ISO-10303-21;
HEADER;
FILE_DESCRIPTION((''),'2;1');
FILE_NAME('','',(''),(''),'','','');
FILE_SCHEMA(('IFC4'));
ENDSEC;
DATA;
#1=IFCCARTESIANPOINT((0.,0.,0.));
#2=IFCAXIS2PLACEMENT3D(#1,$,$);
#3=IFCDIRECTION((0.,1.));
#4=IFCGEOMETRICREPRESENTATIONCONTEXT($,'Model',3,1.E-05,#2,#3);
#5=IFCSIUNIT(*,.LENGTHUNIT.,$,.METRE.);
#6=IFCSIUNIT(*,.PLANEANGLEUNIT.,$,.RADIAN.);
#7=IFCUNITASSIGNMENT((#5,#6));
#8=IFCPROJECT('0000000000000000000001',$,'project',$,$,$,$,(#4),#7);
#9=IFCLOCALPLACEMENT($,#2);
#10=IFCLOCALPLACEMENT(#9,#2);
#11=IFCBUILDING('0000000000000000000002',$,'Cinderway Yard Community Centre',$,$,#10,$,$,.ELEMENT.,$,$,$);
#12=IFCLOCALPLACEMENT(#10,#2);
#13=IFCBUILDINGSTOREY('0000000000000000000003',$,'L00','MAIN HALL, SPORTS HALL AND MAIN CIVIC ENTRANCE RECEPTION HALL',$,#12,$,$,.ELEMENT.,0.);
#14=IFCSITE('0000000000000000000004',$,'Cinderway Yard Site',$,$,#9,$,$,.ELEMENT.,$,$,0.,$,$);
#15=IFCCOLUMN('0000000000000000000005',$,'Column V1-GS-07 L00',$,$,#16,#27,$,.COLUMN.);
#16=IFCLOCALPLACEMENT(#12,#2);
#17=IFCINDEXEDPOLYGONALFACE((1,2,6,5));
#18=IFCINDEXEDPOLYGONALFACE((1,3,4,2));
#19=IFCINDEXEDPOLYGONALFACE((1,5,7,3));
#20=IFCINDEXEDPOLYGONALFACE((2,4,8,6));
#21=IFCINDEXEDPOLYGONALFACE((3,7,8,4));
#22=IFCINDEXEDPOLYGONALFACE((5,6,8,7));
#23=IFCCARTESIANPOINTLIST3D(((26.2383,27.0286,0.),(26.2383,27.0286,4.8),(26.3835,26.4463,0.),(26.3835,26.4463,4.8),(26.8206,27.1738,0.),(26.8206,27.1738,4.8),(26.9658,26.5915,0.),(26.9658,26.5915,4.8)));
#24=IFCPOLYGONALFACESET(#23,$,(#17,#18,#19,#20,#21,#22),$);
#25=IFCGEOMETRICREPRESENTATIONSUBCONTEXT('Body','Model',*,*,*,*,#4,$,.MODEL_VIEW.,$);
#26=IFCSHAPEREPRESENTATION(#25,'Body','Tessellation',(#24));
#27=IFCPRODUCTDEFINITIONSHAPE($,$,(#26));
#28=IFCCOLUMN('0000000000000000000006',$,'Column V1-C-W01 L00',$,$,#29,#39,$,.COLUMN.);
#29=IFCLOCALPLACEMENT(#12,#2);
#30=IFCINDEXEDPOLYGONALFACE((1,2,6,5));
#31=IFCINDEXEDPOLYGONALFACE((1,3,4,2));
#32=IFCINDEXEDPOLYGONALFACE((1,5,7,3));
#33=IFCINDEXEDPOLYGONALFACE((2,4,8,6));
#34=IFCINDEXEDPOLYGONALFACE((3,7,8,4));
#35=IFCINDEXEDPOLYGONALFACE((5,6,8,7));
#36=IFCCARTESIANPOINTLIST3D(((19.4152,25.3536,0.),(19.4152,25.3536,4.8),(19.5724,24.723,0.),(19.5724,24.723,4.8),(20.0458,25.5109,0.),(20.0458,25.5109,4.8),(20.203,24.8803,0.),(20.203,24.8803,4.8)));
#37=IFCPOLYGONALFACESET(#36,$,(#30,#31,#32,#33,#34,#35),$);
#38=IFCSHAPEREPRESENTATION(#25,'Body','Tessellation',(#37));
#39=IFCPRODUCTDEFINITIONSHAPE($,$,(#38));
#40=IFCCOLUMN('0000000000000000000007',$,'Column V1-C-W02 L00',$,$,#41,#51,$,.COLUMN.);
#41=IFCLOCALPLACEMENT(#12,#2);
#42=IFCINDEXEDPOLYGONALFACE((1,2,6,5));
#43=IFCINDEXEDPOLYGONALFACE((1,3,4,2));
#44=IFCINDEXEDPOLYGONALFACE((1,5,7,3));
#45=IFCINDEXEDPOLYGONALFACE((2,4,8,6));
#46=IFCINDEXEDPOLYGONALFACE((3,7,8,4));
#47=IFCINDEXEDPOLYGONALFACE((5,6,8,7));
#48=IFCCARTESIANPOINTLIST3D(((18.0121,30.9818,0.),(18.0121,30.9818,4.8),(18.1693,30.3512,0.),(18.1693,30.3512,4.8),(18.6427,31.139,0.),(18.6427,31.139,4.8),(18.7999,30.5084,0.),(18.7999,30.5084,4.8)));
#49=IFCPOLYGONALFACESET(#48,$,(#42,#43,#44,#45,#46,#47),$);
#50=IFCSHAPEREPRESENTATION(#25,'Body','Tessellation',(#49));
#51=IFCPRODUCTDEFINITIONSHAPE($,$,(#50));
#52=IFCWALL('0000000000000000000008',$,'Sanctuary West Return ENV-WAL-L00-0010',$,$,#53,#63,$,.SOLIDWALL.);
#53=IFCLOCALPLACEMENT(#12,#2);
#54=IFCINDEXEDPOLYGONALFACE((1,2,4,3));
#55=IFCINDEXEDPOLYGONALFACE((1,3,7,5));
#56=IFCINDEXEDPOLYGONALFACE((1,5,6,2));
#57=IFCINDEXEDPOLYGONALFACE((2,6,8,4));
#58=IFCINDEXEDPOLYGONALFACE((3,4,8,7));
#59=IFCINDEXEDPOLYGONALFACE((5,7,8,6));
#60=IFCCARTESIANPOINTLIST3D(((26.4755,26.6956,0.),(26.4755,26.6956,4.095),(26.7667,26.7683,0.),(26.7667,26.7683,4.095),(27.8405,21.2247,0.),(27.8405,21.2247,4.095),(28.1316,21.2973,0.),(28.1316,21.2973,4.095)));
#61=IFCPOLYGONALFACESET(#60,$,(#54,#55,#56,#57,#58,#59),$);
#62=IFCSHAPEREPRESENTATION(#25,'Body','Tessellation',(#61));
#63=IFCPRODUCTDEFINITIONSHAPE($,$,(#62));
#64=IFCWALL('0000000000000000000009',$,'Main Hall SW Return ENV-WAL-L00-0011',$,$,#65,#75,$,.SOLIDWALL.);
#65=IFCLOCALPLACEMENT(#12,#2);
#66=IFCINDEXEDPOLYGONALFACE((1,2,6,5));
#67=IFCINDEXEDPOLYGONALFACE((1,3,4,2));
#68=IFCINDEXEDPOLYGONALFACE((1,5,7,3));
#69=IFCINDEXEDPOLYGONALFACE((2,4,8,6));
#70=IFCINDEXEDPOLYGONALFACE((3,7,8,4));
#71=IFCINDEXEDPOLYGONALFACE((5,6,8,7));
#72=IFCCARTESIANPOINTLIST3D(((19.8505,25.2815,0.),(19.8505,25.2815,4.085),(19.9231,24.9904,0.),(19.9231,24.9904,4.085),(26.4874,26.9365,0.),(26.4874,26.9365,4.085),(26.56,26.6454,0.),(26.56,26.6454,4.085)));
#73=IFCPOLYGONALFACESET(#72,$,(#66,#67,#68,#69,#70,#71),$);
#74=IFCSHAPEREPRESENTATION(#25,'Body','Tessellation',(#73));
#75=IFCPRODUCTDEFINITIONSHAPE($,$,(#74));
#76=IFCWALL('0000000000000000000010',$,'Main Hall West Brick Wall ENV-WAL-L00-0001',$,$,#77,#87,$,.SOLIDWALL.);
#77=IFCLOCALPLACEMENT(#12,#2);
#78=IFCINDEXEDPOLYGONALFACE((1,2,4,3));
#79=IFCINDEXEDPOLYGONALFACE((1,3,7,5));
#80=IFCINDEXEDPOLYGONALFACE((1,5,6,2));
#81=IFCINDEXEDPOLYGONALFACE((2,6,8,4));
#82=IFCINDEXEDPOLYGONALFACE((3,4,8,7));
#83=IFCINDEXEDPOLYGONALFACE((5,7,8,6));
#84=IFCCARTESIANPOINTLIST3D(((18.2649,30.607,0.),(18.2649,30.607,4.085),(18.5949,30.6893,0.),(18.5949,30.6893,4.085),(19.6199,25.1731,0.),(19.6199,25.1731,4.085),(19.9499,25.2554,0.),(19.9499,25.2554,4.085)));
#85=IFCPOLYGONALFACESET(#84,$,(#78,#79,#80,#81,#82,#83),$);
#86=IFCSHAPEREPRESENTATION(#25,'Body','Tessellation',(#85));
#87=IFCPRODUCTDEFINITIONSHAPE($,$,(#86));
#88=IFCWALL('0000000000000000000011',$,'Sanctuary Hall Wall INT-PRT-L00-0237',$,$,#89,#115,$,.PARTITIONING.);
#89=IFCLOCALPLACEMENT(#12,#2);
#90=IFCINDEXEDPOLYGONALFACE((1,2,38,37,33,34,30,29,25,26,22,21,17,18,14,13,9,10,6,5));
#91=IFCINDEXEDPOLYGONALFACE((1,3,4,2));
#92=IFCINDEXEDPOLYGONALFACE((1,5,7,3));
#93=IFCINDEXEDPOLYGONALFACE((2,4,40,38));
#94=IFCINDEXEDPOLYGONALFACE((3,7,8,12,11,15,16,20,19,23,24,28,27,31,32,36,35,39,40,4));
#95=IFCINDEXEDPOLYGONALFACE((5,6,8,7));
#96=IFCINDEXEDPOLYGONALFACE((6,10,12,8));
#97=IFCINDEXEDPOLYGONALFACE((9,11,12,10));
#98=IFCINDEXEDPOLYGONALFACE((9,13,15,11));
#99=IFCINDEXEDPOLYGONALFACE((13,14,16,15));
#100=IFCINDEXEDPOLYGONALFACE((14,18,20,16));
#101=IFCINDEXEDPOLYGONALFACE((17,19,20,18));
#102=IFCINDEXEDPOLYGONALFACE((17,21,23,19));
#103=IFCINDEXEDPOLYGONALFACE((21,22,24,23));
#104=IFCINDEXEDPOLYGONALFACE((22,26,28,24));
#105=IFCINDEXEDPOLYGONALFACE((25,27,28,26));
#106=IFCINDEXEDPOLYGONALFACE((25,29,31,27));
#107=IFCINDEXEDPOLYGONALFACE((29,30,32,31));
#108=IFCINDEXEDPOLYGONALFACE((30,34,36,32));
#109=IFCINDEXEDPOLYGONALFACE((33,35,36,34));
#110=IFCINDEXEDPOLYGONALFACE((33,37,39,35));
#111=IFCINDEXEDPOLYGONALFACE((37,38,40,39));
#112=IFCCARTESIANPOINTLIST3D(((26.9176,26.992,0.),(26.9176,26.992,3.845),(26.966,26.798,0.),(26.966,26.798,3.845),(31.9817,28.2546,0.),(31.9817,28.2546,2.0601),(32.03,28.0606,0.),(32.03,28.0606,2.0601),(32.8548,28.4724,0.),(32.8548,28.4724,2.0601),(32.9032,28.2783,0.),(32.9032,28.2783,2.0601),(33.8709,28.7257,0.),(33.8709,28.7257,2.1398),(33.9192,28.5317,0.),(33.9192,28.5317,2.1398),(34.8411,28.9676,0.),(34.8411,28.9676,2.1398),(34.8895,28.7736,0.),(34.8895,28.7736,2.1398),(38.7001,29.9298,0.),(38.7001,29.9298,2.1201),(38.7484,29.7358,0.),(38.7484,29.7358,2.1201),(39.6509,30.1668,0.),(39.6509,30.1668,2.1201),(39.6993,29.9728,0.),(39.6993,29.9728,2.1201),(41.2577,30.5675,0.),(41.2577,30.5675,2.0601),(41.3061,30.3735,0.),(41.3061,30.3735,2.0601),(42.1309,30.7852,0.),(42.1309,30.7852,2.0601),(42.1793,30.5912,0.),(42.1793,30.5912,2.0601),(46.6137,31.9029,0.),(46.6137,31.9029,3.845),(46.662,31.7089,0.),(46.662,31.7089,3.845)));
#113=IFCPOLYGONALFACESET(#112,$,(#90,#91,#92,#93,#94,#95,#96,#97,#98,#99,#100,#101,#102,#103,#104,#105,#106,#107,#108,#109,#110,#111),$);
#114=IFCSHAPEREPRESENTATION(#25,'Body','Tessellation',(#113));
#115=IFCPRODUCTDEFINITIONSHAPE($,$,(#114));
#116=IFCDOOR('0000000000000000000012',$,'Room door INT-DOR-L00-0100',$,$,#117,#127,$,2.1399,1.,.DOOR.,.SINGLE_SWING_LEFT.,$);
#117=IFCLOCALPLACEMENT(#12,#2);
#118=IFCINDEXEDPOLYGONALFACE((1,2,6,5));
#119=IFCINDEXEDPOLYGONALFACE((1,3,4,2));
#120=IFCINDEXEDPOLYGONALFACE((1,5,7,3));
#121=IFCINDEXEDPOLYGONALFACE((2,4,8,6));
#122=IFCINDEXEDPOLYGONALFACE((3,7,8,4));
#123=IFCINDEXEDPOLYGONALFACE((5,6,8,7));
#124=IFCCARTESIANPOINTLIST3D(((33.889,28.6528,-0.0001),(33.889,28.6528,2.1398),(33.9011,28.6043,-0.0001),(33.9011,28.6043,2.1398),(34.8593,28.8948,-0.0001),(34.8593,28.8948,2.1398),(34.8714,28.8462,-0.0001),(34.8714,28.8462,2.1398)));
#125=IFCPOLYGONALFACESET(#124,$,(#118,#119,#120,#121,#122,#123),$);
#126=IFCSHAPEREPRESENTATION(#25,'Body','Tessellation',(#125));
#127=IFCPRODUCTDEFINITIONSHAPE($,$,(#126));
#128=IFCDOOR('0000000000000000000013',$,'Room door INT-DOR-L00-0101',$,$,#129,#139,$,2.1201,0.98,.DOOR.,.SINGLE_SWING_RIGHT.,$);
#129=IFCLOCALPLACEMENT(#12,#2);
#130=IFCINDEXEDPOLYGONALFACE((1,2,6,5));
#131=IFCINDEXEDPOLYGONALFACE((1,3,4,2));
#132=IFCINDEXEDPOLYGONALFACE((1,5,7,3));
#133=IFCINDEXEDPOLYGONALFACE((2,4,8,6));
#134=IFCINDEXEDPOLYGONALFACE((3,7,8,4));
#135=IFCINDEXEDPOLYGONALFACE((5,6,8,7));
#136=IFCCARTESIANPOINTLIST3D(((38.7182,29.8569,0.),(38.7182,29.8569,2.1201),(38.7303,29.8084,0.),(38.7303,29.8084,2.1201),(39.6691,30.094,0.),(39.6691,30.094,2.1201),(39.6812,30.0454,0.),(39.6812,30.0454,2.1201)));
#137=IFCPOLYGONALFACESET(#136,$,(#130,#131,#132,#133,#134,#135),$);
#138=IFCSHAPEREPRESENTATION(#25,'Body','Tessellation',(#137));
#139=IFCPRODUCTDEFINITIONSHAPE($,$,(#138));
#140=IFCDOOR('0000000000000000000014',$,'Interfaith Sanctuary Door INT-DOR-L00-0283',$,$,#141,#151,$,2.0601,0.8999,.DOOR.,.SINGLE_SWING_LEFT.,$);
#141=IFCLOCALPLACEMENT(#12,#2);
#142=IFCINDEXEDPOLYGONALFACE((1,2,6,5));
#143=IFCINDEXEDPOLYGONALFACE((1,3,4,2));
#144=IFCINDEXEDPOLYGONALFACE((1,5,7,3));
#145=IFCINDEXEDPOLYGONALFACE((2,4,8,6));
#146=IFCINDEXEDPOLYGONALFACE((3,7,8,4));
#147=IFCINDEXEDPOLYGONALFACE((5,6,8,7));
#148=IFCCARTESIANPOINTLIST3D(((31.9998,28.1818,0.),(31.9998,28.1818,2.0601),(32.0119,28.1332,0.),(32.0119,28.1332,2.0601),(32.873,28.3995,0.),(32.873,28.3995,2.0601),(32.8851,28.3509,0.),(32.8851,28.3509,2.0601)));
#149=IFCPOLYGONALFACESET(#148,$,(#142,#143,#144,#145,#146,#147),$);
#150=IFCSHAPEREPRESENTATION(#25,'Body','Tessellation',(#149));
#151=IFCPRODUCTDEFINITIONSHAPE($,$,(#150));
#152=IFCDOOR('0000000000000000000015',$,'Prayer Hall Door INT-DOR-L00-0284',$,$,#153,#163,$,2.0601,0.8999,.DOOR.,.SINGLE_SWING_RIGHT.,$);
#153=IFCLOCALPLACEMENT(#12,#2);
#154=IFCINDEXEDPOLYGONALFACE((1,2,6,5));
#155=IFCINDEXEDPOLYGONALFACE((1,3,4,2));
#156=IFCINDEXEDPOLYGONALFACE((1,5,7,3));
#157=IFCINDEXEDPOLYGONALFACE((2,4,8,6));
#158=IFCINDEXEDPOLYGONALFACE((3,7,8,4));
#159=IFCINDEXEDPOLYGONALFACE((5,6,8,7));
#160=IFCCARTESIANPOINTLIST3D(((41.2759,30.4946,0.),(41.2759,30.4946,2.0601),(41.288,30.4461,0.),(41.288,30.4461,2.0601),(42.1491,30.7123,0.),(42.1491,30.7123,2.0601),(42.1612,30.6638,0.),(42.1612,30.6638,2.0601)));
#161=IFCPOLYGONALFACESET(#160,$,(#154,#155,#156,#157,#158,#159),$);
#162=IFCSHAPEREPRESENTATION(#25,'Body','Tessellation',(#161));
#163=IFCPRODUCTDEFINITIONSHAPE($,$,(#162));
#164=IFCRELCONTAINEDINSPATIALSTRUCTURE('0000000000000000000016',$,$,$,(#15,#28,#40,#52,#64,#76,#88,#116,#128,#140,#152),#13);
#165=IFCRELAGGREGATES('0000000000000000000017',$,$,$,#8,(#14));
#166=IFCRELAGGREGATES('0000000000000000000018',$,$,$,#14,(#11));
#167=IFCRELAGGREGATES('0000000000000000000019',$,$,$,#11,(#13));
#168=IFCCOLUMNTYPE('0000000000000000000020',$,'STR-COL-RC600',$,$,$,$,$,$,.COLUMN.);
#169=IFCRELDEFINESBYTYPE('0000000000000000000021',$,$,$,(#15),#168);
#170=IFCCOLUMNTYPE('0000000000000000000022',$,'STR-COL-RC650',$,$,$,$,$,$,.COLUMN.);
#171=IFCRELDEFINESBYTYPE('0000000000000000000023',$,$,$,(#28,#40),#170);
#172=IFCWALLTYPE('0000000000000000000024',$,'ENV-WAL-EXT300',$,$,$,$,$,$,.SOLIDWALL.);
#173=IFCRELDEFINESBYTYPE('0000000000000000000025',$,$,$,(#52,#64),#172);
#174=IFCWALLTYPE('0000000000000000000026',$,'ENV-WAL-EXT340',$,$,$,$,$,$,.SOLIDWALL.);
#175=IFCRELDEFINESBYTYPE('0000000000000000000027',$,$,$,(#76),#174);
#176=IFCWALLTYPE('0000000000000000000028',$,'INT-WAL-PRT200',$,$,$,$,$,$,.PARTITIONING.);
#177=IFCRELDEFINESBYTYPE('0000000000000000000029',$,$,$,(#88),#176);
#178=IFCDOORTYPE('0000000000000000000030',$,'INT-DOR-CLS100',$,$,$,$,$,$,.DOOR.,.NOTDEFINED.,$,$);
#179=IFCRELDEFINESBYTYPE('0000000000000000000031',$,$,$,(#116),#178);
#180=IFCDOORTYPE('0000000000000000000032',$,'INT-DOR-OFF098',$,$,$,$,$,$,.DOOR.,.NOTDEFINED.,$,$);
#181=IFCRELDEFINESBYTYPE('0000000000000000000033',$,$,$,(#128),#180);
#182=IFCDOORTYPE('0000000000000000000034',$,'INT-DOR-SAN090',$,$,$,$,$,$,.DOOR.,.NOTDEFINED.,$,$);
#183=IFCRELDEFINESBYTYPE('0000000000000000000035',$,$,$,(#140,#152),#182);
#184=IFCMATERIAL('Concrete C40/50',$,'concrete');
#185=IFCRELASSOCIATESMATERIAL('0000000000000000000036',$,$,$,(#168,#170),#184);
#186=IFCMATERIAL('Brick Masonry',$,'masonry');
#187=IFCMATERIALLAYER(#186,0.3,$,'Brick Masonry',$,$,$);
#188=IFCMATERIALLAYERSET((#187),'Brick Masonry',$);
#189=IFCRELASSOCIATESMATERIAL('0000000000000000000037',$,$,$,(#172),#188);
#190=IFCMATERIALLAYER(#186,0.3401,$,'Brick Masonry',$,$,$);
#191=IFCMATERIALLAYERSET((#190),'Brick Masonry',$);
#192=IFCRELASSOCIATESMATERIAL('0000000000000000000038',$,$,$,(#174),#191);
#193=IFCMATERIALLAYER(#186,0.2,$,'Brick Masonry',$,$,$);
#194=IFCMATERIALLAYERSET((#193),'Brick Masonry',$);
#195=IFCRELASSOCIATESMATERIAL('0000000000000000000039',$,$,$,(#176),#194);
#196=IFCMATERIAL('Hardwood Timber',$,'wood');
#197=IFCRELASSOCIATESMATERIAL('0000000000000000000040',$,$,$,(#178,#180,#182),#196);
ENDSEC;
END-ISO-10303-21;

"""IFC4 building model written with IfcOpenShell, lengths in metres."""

from ifc_helpers import new_model, si_unit, direction, frame, frame_2d, origin, origin_2d, place, context, subcontext, project, spatial, rectangle, extrude, material, layer, layer_set, material_profile, profile_set, type_object, element, fill, save


model = new_model("IFC4")

# Units and contexts
model_context = context("Model", 3, precision=1e-05, world=origin(), true_north=direction((0.0, 1.0)))
body_context = subcontext(model_context, "Body", "Model", "MODEL_VIEW")
ifc_project = project(units=[si_unit("LENGTHUNIT", "METRE"), si_unit("PLANEANGLEUNIT", "RADIAN")], contexts=[model_context])

# Site, building, storey
site_placement = place(None, origin())
site = spatial("IfcSite", under=ifc_project, at=site_placement, Name="Cinderway Yard Site", CompositionType="ELEMENT", RefElevation=0.0)
building_placement = place(site_placement, origin())
building = spatial("IfcBuilding", under=site, at=building_placement, Name="Cinderway Yard Community Centre", CompositionType="ELEMENT")
storey_placement = place(building_placement, origin())
storey = spatial("IfcBuildingStorey", under=building, at=storey_placement, Name="L00", Description="MAIN HALL, SPORTS HALL AND MAIN CIVIC ENTRANCE RECEPTION HALL", CompositionType="ELEMENT", Elevation=0.0)

# Shared definitions
ifc_material_1 = material(Name="Concrete C40/50", Category="concrete")

# Columns
ifc_material_profile_1 = material_profile(ifc_material_1, rectangle(XDim=0.6001, YDim=0.6001, at=origin_2d()), Name="Concrete C40/50")
ifc_profile_set_1 = profile_set([ifc_material_profile_1], Name="Concrete C40/50")
column_type_1 = type_object("IfcColumnType", Name="STR-COL-RC600", PredefinedType="COLUMN", material=ifc_profile_set_1)
column_1_placement = place(storey_placement, frame((26.6021, 26.8101, 0.0), z_axis=(0.0, 0.0, 1.0), x_axis=(0.970296, 0.241922, 0.0)))
element("IfcColumn", 1, at=column_1_placement, inside=storey, type_object=column_type_1, Name="Column V1-GS-07 L00", PredefinedType="COLUMN", context=body_context, shape_type="SweptSolid", body=[
    extrude(rectangle(XDim=0.6001, YDim=0.6001, at=origin_2d()), origin(), (0.0, 0.0, 1.0), 4.8),
])
ifc_material_profile_2 = material_profile(ifc_material_1, rectangle(XDim=0.6499, YDim=0.6499, at=origin_2d()), Name="Concrete C40/50")
ifc_profile_set_2 = profile_set([ifc_material_profile_2], Name="Concrete C40/50")
column_type_2 = type_object("IfcColumnType", Name="STR-COL-RC650", PredefinedType="COLUMN", material=ifc_profile_set_2)
for number, where, z_axis, x_axis, name in (
    (2, (19.8091, 25.1169, 0.0), (0.0, 0.0, 1.0), (0.970296, 0.241922, 0.0), "Column V1-C-W01 L00"),
    (3, (18.406, 30.7451, 0.0), (0.0, 0.0, 1.0), (0.970296, 0.241922, 0.0), "Column V1-C-W02 L00"),
):
    element("IfcColumn", number, at=place(storey_placement, frame(where, z_axis=z_axis, x_axis=x_axis)), inside=storey, type_object=column_type_2, Name=name, PredefinedType="COLUMN", context=body_context, shape_type="SweptSolid", body=[
        extrude(rectangle(XDim=0.6499, YDim=0.6499, at=origin_2d()), origin(), (0.0, 0.0, 1.0), 4.8),
    ])

# Shared definitions
ifc_material_2 = material(Name="Brick Masonry", Category="masonry")
ifc_layer_1 = layer(ifc_material_2, 0.3, Name="Brick Masonry")
ifc_layer_set_1 = layer_set([ifc_layer_1], Name="Brick Masonry")
wall_type_1 = type_object("IfcWallType", Name="ENV-WAL-EXT300", PredefinedType="SOLIDWALL", material=ifc_layer_set_1)

# Walls
wall_1_placement = place(storey_placement, frame((27.9861, 21.261, 0.0), z_axis=(0.0, 0.0, 1.0), x_axis=(-0.242077, 0.970257, 0.0)))
element("IfcWall", 4, at=wall_1_placement, inside=storey, type_object=wall_type_1, Name="Sanctuary West Return ENV-WAL-L00-0010", PredefinedType="SOLIDWALL", context=body_context, shape_type="SweptSolid", body=[
    extrude(rectangle(XDim=5.6387, YDim=0.3, at=frame_2d((2.8193, 0.0))), origin(), (0.0, 0.0, 1.0), 4.095),
])
wall_2_placement = place(storey_placement, frame((19.887, 25.136, 0.0), z_axis=(0.0, 0.0, 1.0), x_axis=(0.970287, 0.241956, 0.0)))
element("IfcWall", 5, at=wall_2_placement, inside=storey, type_object=wall_type_1, Name="Main Hall SW Return ENV-WAL-L00-0011", PredefinedType="SOLIDWALL", context=body_context, shape_type="SweptSolid", body=[
    extrude(rectangle(XDim=6.8401, YDim=0.3, at=frame_2d((3.4199, 0.0))), origin(), (0.0, 0.0, 1.0), 4.085),
])
ifc_layer_2 = layer(ifc_material_2, 0.3401, Name="Brick Masonry")
ifc_layer_set_2 = layer_set([ifc_layer_2], Name="Brick Masonry")
wall_type_2 = type_object("IfcWallType", Name="ENV-WAL-EXT340", PredefinedType="SOLIDWALL", material=ifc_layer_set_2)
wall_3_placement = place(storey_placement, frame((19.7849, 25.2141, 0.0), z_axis=(0.0, 0.0, 1.0), x_axis=(-0.241951, 0.970288, 0.0)))
element("IfcWall", 6, at=wall_3_placement, inside=storey, type_object=wall_type_2, Name="Main Hall West Brick Wall ENV-WAL-L00-0001", PredefinedType="SOLIDWALL", context=body_context, shape_type="SweptSolid", body=[
    extrude(rectangle(XDim=5.6003, YDim=0.3401, at=frame_2d((2.8003, 0.0))), origin(), (0.0, 0.0, 1.0), 4.085),
])

# Wall, openings, doors
ifc_layer_3 = layer(ifc_material_2, 0.2, Name="Brick Masonry")
ifc_layer_set_3 = layer_set([ifc_layer_3], Name="Brick Masonry")
wall_type_3 = type_object("IfcWallType", Name="INT-WAL-PRT200", PredefinedType="PARTITIONING", material=ifc_layer_set_3)
wall_4_placement = place(storey_placement, frame((26.9419, 26.895, 0.0), z_axis=(0.0, 0.0, 1.0), x_axis=(0.970294, 0.241927, 0.0)))
wall_4 = element("IfcWall", 7, at=wall_4_placement, inside=storey, type_object=wall_type_3, Name="Sanctuary Hall Wall INT-PRT-L00-0237", PredefinedType="PARTITIONING", context=body_context, shape_type="SweptSolid", body=[
    extrude(rectangle(XDim=20.2991, YDim=0.2, at=frame_2d((10.1494, 0.0))), origin(), (0.0, 0.0, 1.0), 3.845),
])
opening_1_placement = place(wall_4_placement, frame((7.166, 0.0, 0.0)))
opening_1 = element("IfcOpeningElement", 8, at=opening_1_placement, cuts=wall_4, PredefinedType="OPENING", context=body_context, shape_type="SweptSolid", body=[
    extrude(rectangle(XDim=1.0, YDim=2.1399, at=frame_2d((0.5, 1.0698))), frame((0.0, 0.1099, 0.0), z_axis=(0.0, -1.0, 0.0), x_axis=(1.0, 0.0, 0.0)), (0.0, 0.0, 1.0), 0.22),
])
opening_2_placement = place(wall_4_placement, frame((12.1431, 0.0, 0.0)))
opening_2 = element("IfcOpeningElement", 9, at=opening_2_placement, cuts=wall_4, PredefinedType="OPENING", context=body_context, shape_type="SweptSolid", body=[
    extrude(rectangle(XDim=0.98, YDim=2.1201, at=frame_2d((0.49, 1.0601))), frame((0.0, 0.1099, 0.0), z_axis=(0.0, -1.0, 0.0), x_axis=(1.0, 0.0, 0.0)), (0.0, 0.0, 1.0), 0.22),
])
opening_3_placement = place(wall_4_placement, frame((5.219, 0.0, 0.0)))
opening_3 = element("IfcOpeningElement", 10, at=opening_3_placement, cuts=wall_4, PredefinedType="OPENING", context=body_context, shape_type="SweptSolid", body=[
    extrude(rectangle(XDim=0.8999, YDim=2.0601, at=frame_2d((0.45, 1.03))), frame((0.0, 0.1099, 0.0), z_axis=(0.0, -1.0, 0.0), x_axis=(1.0, 0.0, 0.0)), (0.0, 0.0, 1.0), 0.22),
])
opening_4_placement = place(wall_4_placement, frame((14.7791, 0.0, 0.0)))
opening_4 = element("IfcOpeningElement", 11, at=opening_4_placement, cuts=wall_4, PredefinedType="OPENING", context=body_context, shape_type="SweptSolid", body=[
    extrude(rectangle(XDim=0.8999, YDim=2.0601, at=frame_2d((0.45, 1.03))), frame((0.0, 0.1099, 0.0), z_axis=(0.0, -1.0, 0.0), x_axis=(1.0, 0.0, 0.0)), (0.0, 0.0, 1.0), 0.22),
])
ifc_material_3 = material(Name="Hardwood Timber", Category="wood")
door_type_1 = type_object("IfcDoorType", Name="INT-DOR-CLS100", OperationType="NOTDEFINED", PredefinedType="DOOR", material=ifc_material_3)
door_1_placement = place(opening_1_placement, origin())
door_1 = element("IfcDoor", 12, at=door_1_placement, inside=storey, type_object=door_type_1, Name="Room door INT-DOR-L00-0100", OperationType="SINGLE_SWING_LEFT", OverallHeight=2.1399, OverallWidth=1.0, PredefinedType="DOOR", context=body_context, shape_type="SweptSolid", body=[
    extrude(rectangle(XDim=1.0, YDim=2.1399, at=frame_2d((0.5, 1.0698))), frame((0.0, 0.0249, 0.0), z_axis=(0.0, -1.0, 0.0), x_axis=(1.0, 0.0, 0.0)), (0.0, 0.0, 1.0), 0.05),
])
fill(opening_1, door_1)
door_type_2 = type_object("IfcDoorType", Name="INT-DOR-OFF098", OperationType="NOTDEFINED", PredefinedType="DOOR", material=ifc_material_3)
door_2_placement = place(opening_2_placement, origin())
door_2 = element("IfcDoor", 13, at=door_2_placement, inside=storey, type_object=door_type_2, Name="Room door INT-DOR-L00-0101", OperationType="SINGLE_SWING_RIGHT", OverallHeight=2.1201, OverallWidth=0.98, PredefinedType="DOOR", context=body_context, shape_type="SweptSolid", body=[
    extrude(rectangle(XDim=0.98, YDim=2.1201, at=frame_2d((0.49, 1.0601))), frame((0.0, 0.0249, 0.0), z_axis=(0.0, -1.0, 0.0), x_axis=(1.0, 0.0, 0.0)), (0.0, 0.0, 1.0), 0.05),
])
fill(opening_2, door_2)
door_type_3 = type_object("IfcDoorType", Name="INT-DOR-SAN090", OperationType="NOTDEFINED", PredefinedType="DOOR", material=ifc_material_3)
door_3_placement = place(opening_3_placement, origin())
door_3 = element("IfcDoor", 14, at=door_3_placement, inside=storey, type_object=door_type_3, Name="Interfaith Sanctuary Door INT-DOR-L00-0283", OperationType="SINGLE_SWING_LEFT", OverallHeight=2.0601, OverallWidth=0.8999, PredefinedType="DOOR", context=body_context, shape_type="SweptSolid", body=[
    extrude(rectangle(XDim=0.8999, YDim=2.0601, at=frame_2d((0.45, 1.03))), frame((0.0, 0.0249, 0.0), z_axis=(0.0, -1.0, 0.0), x_axis=(1.0, 0.0, 0.0)), (0.0, 0.0, 1.0), 0.05),
])
fill(opening_3, door_3)
door_4_placement = place(opening_4_placement, origin())
door_4 = element("IfcDoor", 15, at=door_4_placement, inside=storey, type_object=door_type_3, Name="Prayer Hall Door INT-DOR-L00-0284", OperationType="SINGLE_SWING_RIGHT", OverallHeight=2.0601, OverallWidth=0.8999, PredefinedType="DOOR", context=body_context, shape_type="SweptSolid", body=[
    extrude(rectangle(XDim=0.8999, YDim=2.0601, at=frame_2d((0.45, 1.03))), frame((0.0, 0.0249, 0.0), z_axis=(0.0, -1.0, 0.0), x_axis=(1.0, 0.0, 0.0)), (0.0, 0.0, 1.0), 0.05),
])
fill(opening_4, door_4)

save(model, "model.ifc")
